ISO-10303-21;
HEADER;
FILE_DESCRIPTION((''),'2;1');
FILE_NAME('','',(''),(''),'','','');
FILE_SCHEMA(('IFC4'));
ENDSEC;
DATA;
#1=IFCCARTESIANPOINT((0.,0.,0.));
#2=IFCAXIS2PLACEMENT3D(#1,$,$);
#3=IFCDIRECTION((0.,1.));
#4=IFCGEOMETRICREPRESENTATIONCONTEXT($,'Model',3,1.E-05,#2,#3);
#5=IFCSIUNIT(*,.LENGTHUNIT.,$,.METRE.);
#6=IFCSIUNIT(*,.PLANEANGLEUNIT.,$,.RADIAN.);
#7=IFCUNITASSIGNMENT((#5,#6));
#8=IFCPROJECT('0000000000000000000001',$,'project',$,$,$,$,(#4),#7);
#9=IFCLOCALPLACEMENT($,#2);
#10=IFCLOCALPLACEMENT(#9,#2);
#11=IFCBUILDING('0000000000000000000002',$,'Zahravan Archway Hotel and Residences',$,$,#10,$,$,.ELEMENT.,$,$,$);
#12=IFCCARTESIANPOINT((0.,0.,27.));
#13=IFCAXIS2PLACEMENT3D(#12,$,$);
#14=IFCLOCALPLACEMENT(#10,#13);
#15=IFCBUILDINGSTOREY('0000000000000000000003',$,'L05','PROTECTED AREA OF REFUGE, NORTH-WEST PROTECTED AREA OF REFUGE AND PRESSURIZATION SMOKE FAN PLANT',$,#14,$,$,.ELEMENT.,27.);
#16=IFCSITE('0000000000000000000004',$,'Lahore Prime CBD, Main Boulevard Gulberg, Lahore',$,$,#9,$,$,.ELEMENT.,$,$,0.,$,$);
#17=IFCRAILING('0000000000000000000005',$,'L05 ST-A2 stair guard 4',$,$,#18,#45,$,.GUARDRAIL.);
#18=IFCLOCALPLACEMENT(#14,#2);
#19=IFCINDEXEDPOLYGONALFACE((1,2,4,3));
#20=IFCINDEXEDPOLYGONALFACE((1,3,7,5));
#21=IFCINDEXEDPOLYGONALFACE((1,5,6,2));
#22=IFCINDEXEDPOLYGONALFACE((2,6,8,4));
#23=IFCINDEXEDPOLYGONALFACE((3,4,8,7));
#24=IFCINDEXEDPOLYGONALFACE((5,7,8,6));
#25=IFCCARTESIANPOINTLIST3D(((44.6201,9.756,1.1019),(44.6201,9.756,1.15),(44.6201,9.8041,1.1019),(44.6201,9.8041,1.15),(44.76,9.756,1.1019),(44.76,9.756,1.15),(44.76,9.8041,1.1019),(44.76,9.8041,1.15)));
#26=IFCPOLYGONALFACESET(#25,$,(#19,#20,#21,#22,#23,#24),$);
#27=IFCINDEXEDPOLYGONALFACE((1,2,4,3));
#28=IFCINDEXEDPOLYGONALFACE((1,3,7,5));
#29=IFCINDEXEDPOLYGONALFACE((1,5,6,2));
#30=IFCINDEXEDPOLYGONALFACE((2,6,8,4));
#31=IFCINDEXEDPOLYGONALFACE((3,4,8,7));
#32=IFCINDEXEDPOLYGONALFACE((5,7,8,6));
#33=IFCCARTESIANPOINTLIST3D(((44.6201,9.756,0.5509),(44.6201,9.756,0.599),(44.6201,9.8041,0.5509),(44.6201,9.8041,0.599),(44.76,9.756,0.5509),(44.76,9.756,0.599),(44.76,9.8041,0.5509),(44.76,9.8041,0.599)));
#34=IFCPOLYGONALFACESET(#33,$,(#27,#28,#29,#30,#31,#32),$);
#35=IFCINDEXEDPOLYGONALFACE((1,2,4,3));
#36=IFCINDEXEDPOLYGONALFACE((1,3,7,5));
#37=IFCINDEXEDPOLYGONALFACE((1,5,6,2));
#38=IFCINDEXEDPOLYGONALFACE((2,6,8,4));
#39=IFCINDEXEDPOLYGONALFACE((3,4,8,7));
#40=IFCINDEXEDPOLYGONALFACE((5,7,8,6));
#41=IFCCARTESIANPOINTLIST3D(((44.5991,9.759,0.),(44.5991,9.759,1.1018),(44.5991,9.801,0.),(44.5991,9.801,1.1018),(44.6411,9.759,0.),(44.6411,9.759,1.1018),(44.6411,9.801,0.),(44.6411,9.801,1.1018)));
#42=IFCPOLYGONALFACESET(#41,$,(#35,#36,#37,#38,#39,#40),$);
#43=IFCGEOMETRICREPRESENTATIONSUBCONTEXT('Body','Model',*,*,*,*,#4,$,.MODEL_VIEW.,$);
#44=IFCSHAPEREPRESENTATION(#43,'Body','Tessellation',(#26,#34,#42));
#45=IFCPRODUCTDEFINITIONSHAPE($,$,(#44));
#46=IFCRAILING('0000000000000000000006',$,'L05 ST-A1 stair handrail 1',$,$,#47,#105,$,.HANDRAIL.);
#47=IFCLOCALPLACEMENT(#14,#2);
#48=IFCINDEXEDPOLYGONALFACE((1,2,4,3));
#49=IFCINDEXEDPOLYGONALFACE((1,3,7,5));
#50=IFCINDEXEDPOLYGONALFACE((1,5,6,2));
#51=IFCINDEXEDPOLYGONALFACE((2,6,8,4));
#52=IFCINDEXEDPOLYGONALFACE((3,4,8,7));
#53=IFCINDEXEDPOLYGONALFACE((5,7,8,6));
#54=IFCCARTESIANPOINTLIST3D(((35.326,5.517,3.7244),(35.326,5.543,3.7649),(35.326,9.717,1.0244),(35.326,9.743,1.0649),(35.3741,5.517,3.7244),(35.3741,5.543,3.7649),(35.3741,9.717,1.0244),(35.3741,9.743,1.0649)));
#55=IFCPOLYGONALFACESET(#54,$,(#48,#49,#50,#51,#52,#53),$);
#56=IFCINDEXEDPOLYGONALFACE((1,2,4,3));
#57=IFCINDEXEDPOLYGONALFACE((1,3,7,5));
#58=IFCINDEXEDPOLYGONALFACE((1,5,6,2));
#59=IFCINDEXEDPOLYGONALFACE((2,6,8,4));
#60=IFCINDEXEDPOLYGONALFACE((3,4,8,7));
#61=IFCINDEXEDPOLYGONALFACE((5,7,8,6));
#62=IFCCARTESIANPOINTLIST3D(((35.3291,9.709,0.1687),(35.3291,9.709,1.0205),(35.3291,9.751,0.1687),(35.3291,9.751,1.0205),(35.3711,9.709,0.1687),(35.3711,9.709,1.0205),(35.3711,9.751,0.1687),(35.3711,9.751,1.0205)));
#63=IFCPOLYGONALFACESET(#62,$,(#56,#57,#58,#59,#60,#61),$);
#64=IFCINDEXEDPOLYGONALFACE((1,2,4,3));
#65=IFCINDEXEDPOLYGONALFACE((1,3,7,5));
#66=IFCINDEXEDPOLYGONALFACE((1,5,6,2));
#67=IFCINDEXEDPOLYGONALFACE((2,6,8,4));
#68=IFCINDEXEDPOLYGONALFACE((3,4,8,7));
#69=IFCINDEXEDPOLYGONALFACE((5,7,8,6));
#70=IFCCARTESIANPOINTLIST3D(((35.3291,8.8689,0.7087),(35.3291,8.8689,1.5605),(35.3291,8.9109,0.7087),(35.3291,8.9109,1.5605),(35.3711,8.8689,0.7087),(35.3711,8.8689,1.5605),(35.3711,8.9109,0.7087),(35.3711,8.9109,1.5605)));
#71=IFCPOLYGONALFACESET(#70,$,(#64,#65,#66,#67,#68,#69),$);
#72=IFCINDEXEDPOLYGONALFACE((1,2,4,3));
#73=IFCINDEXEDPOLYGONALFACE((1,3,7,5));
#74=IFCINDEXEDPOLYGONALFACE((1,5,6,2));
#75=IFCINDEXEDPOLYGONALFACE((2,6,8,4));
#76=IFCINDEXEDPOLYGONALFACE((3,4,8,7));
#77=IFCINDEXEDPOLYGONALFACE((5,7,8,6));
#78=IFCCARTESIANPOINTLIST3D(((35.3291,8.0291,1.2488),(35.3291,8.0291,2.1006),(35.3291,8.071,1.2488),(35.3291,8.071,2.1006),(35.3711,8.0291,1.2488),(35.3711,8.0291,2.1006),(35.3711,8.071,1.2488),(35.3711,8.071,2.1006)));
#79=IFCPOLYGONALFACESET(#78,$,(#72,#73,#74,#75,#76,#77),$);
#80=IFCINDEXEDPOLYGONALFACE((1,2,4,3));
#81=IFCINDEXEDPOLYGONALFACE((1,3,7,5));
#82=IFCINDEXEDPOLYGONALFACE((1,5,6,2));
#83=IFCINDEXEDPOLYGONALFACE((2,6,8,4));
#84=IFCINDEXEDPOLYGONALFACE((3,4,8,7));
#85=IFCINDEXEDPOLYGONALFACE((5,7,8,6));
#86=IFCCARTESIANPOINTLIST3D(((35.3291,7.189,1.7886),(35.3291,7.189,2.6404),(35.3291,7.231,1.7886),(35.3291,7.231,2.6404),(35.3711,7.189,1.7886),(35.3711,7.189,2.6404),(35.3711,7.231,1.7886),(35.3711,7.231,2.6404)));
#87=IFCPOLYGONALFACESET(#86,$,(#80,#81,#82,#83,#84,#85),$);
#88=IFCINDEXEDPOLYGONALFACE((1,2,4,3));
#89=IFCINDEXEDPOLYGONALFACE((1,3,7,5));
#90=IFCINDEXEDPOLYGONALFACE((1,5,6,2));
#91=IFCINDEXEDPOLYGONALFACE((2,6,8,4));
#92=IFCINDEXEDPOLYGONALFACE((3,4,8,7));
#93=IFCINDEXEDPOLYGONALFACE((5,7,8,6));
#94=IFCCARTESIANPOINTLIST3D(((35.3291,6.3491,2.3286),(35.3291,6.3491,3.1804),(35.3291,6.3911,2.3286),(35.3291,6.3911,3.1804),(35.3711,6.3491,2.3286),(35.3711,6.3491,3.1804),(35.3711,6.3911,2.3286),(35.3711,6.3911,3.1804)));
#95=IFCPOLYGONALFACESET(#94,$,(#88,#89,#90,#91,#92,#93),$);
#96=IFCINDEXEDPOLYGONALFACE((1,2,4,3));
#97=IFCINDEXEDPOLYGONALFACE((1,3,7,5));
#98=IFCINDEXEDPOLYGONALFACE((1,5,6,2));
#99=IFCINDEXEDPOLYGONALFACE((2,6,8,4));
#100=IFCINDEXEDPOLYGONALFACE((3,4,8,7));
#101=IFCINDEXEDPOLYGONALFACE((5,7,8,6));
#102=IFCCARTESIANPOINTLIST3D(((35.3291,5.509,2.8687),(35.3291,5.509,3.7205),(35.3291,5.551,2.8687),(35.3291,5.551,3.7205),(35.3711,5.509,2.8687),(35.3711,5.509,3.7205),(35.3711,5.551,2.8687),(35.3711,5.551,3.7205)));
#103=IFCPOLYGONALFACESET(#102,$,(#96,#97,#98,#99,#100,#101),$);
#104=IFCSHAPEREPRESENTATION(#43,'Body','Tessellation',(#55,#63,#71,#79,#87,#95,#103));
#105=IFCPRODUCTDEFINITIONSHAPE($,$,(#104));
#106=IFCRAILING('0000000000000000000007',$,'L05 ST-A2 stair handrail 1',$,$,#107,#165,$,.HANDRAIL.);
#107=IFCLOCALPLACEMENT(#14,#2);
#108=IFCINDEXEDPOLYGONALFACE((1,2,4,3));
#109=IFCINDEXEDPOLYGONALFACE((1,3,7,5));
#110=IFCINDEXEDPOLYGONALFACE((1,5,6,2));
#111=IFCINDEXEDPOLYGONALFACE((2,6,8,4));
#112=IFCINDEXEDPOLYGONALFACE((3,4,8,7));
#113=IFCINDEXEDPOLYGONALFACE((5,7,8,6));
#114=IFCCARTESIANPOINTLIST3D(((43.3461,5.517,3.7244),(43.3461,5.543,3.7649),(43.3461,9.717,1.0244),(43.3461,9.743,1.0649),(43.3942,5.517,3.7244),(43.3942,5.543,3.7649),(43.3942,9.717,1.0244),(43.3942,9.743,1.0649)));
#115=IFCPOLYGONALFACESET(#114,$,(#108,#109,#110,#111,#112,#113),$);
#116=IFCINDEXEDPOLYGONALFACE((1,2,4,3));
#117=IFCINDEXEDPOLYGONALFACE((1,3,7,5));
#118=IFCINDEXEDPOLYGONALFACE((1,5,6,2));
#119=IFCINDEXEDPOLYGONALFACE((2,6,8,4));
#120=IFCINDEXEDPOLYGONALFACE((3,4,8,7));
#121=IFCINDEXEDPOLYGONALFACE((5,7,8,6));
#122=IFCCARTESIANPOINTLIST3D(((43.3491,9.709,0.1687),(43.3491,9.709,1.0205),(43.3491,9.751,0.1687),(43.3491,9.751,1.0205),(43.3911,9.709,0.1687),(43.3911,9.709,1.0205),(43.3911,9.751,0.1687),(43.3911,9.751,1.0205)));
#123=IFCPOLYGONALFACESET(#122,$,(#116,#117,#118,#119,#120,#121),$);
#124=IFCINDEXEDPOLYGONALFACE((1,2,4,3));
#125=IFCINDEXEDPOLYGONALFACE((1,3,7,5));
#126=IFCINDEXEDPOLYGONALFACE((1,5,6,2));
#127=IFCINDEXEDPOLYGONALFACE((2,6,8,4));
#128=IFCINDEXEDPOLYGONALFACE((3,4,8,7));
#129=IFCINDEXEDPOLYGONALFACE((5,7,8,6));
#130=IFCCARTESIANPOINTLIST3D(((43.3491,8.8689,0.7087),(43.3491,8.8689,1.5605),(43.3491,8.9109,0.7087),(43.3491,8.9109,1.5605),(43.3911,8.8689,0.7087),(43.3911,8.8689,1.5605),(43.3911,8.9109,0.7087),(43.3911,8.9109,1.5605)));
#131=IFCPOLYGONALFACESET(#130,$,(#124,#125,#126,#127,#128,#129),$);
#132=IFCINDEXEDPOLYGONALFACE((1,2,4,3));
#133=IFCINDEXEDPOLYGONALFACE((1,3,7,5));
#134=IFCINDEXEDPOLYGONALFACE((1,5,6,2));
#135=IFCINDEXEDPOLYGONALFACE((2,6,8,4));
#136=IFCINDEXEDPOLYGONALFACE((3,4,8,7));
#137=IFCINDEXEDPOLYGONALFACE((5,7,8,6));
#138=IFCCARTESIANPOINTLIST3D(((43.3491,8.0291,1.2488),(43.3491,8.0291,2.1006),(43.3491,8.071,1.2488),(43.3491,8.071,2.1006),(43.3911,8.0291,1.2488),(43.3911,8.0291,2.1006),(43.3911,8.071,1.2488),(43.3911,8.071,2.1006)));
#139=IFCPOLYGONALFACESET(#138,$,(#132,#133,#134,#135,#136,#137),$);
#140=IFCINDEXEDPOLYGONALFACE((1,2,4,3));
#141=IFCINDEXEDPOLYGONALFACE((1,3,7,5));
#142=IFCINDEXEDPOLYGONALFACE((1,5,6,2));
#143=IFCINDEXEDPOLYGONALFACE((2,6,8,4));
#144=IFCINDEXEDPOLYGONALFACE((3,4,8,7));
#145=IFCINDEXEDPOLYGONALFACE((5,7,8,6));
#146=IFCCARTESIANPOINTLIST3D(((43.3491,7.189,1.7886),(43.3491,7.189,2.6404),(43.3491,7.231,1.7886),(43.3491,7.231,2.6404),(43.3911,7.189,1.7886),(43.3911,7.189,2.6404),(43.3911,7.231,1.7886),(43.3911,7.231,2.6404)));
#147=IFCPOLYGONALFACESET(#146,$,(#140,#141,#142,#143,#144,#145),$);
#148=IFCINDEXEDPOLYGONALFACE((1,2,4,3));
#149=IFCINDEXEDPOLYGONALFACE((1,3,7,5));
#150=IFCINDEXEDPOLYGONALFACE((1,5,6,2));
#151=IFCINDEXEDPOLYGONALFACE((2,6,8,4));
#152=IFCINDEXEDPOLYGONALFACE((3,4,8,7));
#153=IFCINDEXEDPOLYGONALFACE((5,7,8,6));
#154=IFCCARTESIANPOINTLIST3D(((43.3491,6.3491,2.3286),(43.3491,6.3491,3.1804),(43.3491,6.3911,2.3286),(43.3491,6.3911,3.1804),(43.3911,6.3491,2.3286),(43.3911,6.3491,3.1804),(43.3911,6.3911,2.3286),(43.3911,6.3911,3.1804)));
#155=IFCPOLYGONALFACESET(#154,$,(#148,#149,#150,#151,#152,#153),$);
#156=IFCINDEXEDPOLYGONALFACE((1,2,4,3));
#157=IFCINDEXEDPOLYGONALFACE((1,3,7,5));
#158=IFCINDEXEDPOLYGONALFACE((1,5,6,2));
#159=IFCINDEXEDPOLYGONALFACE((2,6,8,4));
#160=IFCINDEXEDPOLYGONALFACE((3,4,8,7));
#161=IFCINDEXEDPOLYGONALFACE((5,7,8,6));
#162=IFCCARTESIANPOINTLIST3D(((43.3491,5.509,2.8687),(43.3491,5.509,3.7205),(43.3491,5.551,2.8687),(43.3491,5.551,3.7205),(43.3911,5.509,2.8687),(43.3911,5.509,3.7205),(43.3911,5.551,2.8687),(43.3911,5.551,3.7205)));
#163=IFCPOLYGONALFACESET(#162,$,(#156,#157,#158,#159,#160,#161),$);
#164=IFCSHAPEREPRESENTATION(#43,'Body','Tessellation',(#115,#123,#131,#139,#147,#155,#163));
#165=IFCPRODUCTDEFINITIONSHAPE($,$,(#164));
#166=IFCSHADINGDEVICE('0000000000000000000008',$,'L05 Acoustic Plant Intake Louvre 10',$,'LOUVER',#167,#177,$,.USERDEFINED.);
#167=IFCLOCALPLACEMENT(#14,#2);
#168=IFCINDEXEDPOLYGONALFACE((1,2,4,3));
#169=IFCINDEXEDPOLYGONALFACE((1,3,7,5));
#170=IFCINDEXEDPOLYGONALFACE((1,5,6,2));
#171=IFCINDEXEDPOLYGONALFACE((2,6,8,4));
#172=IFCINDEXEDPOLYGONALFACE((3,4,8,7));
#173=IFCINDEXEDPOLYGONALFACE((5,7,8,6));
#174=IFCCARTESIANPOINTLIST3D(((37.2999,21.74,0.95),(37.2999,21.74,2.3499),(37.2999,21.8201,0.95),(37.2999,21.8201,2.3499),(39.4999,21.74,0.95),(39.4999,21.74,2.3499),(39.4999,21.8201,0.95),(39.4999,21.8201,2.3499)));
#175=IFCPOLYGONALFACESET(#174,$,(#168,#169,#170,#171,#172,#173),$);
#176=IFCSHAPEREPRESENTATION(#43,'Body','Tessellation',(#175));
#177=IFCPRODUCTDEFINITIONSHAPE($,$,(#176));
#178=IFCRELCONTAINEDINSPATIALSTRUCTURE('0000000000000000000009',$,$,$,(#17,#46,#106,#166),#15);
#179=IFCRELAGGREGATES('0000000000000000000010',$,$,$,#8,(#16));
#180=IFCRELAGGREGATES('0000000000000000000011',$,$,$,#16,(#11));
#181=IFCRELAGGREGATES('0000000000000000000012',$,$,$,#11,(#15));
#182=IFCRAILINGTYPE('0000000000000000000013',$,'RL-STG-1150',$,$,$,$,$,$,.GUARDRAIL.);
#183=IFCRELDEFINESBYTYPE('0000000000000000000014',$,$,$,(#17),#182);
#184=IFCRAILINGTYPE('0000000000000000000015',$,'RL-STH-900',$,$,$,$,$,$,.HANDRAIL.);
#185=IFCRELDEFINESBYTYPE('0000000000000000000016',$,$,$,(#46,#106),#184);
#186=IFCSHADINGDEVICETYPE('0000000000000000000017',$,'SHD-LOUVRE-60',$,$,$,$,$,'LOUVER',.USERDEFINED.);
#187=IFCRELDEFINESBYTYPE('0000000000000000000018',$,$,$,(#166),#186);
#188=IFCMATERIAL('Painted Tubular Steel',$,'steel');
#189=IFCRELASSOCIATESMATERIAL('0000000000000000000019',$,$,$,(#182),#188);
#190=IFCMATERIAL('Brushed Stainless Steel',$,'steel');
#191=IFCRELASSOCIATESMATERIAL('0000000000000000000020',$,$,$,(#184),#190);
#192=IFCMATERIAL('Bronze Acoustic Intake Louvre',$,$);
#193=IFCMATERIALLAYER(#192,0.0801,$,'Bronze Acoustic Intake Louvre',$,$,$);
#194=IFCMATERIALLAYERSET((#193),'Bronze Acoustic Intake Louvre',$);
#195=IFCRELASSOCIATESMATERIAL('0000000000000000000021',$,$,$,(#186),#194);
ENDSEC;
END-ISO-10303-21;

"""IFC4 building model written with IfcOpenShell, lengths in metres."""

from ifc_helpers import new_model, si_unit, direction, frame, origin, origin_2d, place, context, subcontext, project, spatial, rectangle, extrude, source, transform, mapped, material, layer, layer_set, type_object, type_shapes, element, save


model = new_model("IFC4")

# Units and contexts
model_context = context("Model", 3, precision=1e-05, world=origin(), true_north=direction((0.0, 1.0)))
body_context = subcontext(model_context, "Body", "Model", "MODEL_VIEW")
ifc_project = project(units=[si_unit("LENGTHUNIT", "METRE"), si_unit("PLANEANGLEUNIT", "RADIAN")], contexts=[model_context])

# Site, building, storey
site_placement = place(None, origin())
site = spatial("IfcSite", under=ifc_project, at=site_placement, Name="Lahore Prime CBD, Main Boulevard Gulberg, Lahore", CompositionType="ELEMENT", RefElevation=0.0)
building_placement = place(site_placement, origin())
building = spatial("IfcBuilding", under=site, at=building_placement, Name="Zahravan Archway Hotel and Residences", CompositionType="ELEMENT")
storey_placement = place(building_placement, frame((0.0, 0.0, 27.0)))
storey = spatial("IfcBuildingStorey", under=building, at=storey_placement, Name="L05", Description="PROTECTED AREA OF REFUGE, NORTH-WEST PROTECTED AREA OF REFUGE AND PRESSURIZATION SMOKE FAN PLANT", CompositionType="ELEMENT", Elevation=27.0)

# Shared definitions
ifc_material_1 = material(Name="Brushed Stainless Steel", Category="steel")

# Railings
ifc_material_2 = material(Name="Painted Tubular Steel", Category="steel")
railing_type_1 = type_object("IfcRailingType", Name="RL-STG-1150", PredefinedType="GUARDRAIL", material=ifc_material_2)
railing_1_placement = place(storey_placement, frame((44.6201, 9.78, 0.0)))
element("IfcRailing", 1, at=railing_1_placement, inside=storey, type_object=railing_type_1, Name="L05 ST-A2 stair guard 4", PredefinedType="GUARDRAIL", context=body_context, shape_type="SweptSolid", body=[
    extrude(rectangle(XDim=0.0481, YDim=0.0481, at=origin_2d()), frame((0.0, 0.0, 1.126), z_axis=(1.0, 0.0, 0.0), x_axis=(0.0, 1.0, 0.0)), (0.0, 0.0, 1.0), 0.1399),
    extrude(rectangle(XDim=0.0481, YDim=0.0481, at=origin_2d()), frame((0.0, 0.0, 0.575), z_axis=(1.0, 0.0, 0.0), x_axis=(0.0, 1.0, 0.0)), (0.0, 0.0, 1.0), 0.1399),
    extrude(rectangle(XDim=0.042, YDim=0.042, at=origin_2d()), origin(), (0.0, 0.0, 1.0), 1.1018),
])
railing_type_2 = type_object("IfcRailingType", Name="RL-STH-900", PredefinedType="HANDRAIL", material=ifc_material_1)
for number, where, name in (
    (2, (35.3501, 9.73, 0.1687), "L05 ST-A1 stair handrail 1"),
    (3, (43.3701, 9.73, 0.1687), "L05 ST-A2 stair handrail 1"),
):
    element("IfcRailing", number, at=place(storey_placement, frame(where)), inside=storey, type_object=railing_type_2, Name=name, PredefinedType="HANDRAIL", context=body_context, shape_type="SweptSolid", body=[
        extrude(rectangle(XDim=0.0481, YDim=0.0481, at=origin_2d()), frame((0.0, 0.0, 0.876), z_axis=(0.0, -0.84118, 0.540755), x_axis=(1.0, 0.0, 0.0)), (0.0, 0.0, 1.0), 4.9929),
        extrude(rectangle(XDim=0.042, YDim=0.042, at=origin_2d()), origin(), (0.0, 0.0, 1.0), 0.8518),
        extrude(rectangle(XDim=0.042, YDim=0.042, at=origin_2d()), frame((0.0, -0.8401, 0.54)), (0.0, 0.0, 1.0), 0.8518),
        extrude(rectangle(XDim=0.042, YDim=0.042, at=origin_2d()), frame((0.0, -1.6799, 1.0801)), (0.0, 0.0, 1.0), 0.8518),
        extrude(rectangle(XDim=0.042, YDim=0.042, at=origin_2d()), frame((0.0, -2.52, 1.6199)), (0.0, 0.0, 1.0), 0.8518),
        extrude(rectangle(XDim=0.042, YDim=0.042, at=origin_2d()), frame((0.0, -3.3599, 2.1599)), (0.0, 0.0, 1.0), 0.8518),
        extrude(rectangle(XDim=0.042, YDim=0.042, at=origin_2d()), frame((0.0, -4.2, 2.7)), (0.0, 0.0, 1.0), 0.8518),
    ])

# Shading device
ifc_material_3 = material(Name="Bronze Acoustic Intake Louvre")
ifc_layer_1 = layer(ifc_material_3, 0.0801, Name="Bronze Acoustic Intake Louvre")
ifc_layer_set_1 = layer_set([ifc_layer_1], Name="Bronze Acoustic Intake Louvre")
shading_device_type = type_object("IfcShadingDeviceType", Name="SHD-LOUVRE-60", ElementType="LOUVER", PredefinedType="USERDEFINED", material=ifc_layer_set_1)
shared_shape_1 = source(origin(), body_context, "Body", "SweptSolid", [
    extrude(rectangle(XDim=2.2, YDim=0.0801, at=origin_2d()), origin(), (0.0, 0.0, 1.0), 1.3999),
])
type_shapes(shading_device_type, [shared_shape_1])
shading_device_placement = place(storey_placement, frame((38.3999, 21.78, 0.95), z_axis=(0.0, 0.0, 1.0), x_axis=(1.0, 0.0, 0.0)))
element("IfcShadingDevice", 4, at=shading_device_placement, inside=storey, type_object=shading_device_type, Name="L05 Acoustic Plant Intake Louvre 10", ObjectType="LOUVER", PredefinedType="USERDEFINED", context=body_context, shape_type="MappedRepresentation", body=[
    mapped(shared_shape_1, transform((0.0, 0.0, 0.0), scale=1.0)),
])

save(model, "model.ifc")
